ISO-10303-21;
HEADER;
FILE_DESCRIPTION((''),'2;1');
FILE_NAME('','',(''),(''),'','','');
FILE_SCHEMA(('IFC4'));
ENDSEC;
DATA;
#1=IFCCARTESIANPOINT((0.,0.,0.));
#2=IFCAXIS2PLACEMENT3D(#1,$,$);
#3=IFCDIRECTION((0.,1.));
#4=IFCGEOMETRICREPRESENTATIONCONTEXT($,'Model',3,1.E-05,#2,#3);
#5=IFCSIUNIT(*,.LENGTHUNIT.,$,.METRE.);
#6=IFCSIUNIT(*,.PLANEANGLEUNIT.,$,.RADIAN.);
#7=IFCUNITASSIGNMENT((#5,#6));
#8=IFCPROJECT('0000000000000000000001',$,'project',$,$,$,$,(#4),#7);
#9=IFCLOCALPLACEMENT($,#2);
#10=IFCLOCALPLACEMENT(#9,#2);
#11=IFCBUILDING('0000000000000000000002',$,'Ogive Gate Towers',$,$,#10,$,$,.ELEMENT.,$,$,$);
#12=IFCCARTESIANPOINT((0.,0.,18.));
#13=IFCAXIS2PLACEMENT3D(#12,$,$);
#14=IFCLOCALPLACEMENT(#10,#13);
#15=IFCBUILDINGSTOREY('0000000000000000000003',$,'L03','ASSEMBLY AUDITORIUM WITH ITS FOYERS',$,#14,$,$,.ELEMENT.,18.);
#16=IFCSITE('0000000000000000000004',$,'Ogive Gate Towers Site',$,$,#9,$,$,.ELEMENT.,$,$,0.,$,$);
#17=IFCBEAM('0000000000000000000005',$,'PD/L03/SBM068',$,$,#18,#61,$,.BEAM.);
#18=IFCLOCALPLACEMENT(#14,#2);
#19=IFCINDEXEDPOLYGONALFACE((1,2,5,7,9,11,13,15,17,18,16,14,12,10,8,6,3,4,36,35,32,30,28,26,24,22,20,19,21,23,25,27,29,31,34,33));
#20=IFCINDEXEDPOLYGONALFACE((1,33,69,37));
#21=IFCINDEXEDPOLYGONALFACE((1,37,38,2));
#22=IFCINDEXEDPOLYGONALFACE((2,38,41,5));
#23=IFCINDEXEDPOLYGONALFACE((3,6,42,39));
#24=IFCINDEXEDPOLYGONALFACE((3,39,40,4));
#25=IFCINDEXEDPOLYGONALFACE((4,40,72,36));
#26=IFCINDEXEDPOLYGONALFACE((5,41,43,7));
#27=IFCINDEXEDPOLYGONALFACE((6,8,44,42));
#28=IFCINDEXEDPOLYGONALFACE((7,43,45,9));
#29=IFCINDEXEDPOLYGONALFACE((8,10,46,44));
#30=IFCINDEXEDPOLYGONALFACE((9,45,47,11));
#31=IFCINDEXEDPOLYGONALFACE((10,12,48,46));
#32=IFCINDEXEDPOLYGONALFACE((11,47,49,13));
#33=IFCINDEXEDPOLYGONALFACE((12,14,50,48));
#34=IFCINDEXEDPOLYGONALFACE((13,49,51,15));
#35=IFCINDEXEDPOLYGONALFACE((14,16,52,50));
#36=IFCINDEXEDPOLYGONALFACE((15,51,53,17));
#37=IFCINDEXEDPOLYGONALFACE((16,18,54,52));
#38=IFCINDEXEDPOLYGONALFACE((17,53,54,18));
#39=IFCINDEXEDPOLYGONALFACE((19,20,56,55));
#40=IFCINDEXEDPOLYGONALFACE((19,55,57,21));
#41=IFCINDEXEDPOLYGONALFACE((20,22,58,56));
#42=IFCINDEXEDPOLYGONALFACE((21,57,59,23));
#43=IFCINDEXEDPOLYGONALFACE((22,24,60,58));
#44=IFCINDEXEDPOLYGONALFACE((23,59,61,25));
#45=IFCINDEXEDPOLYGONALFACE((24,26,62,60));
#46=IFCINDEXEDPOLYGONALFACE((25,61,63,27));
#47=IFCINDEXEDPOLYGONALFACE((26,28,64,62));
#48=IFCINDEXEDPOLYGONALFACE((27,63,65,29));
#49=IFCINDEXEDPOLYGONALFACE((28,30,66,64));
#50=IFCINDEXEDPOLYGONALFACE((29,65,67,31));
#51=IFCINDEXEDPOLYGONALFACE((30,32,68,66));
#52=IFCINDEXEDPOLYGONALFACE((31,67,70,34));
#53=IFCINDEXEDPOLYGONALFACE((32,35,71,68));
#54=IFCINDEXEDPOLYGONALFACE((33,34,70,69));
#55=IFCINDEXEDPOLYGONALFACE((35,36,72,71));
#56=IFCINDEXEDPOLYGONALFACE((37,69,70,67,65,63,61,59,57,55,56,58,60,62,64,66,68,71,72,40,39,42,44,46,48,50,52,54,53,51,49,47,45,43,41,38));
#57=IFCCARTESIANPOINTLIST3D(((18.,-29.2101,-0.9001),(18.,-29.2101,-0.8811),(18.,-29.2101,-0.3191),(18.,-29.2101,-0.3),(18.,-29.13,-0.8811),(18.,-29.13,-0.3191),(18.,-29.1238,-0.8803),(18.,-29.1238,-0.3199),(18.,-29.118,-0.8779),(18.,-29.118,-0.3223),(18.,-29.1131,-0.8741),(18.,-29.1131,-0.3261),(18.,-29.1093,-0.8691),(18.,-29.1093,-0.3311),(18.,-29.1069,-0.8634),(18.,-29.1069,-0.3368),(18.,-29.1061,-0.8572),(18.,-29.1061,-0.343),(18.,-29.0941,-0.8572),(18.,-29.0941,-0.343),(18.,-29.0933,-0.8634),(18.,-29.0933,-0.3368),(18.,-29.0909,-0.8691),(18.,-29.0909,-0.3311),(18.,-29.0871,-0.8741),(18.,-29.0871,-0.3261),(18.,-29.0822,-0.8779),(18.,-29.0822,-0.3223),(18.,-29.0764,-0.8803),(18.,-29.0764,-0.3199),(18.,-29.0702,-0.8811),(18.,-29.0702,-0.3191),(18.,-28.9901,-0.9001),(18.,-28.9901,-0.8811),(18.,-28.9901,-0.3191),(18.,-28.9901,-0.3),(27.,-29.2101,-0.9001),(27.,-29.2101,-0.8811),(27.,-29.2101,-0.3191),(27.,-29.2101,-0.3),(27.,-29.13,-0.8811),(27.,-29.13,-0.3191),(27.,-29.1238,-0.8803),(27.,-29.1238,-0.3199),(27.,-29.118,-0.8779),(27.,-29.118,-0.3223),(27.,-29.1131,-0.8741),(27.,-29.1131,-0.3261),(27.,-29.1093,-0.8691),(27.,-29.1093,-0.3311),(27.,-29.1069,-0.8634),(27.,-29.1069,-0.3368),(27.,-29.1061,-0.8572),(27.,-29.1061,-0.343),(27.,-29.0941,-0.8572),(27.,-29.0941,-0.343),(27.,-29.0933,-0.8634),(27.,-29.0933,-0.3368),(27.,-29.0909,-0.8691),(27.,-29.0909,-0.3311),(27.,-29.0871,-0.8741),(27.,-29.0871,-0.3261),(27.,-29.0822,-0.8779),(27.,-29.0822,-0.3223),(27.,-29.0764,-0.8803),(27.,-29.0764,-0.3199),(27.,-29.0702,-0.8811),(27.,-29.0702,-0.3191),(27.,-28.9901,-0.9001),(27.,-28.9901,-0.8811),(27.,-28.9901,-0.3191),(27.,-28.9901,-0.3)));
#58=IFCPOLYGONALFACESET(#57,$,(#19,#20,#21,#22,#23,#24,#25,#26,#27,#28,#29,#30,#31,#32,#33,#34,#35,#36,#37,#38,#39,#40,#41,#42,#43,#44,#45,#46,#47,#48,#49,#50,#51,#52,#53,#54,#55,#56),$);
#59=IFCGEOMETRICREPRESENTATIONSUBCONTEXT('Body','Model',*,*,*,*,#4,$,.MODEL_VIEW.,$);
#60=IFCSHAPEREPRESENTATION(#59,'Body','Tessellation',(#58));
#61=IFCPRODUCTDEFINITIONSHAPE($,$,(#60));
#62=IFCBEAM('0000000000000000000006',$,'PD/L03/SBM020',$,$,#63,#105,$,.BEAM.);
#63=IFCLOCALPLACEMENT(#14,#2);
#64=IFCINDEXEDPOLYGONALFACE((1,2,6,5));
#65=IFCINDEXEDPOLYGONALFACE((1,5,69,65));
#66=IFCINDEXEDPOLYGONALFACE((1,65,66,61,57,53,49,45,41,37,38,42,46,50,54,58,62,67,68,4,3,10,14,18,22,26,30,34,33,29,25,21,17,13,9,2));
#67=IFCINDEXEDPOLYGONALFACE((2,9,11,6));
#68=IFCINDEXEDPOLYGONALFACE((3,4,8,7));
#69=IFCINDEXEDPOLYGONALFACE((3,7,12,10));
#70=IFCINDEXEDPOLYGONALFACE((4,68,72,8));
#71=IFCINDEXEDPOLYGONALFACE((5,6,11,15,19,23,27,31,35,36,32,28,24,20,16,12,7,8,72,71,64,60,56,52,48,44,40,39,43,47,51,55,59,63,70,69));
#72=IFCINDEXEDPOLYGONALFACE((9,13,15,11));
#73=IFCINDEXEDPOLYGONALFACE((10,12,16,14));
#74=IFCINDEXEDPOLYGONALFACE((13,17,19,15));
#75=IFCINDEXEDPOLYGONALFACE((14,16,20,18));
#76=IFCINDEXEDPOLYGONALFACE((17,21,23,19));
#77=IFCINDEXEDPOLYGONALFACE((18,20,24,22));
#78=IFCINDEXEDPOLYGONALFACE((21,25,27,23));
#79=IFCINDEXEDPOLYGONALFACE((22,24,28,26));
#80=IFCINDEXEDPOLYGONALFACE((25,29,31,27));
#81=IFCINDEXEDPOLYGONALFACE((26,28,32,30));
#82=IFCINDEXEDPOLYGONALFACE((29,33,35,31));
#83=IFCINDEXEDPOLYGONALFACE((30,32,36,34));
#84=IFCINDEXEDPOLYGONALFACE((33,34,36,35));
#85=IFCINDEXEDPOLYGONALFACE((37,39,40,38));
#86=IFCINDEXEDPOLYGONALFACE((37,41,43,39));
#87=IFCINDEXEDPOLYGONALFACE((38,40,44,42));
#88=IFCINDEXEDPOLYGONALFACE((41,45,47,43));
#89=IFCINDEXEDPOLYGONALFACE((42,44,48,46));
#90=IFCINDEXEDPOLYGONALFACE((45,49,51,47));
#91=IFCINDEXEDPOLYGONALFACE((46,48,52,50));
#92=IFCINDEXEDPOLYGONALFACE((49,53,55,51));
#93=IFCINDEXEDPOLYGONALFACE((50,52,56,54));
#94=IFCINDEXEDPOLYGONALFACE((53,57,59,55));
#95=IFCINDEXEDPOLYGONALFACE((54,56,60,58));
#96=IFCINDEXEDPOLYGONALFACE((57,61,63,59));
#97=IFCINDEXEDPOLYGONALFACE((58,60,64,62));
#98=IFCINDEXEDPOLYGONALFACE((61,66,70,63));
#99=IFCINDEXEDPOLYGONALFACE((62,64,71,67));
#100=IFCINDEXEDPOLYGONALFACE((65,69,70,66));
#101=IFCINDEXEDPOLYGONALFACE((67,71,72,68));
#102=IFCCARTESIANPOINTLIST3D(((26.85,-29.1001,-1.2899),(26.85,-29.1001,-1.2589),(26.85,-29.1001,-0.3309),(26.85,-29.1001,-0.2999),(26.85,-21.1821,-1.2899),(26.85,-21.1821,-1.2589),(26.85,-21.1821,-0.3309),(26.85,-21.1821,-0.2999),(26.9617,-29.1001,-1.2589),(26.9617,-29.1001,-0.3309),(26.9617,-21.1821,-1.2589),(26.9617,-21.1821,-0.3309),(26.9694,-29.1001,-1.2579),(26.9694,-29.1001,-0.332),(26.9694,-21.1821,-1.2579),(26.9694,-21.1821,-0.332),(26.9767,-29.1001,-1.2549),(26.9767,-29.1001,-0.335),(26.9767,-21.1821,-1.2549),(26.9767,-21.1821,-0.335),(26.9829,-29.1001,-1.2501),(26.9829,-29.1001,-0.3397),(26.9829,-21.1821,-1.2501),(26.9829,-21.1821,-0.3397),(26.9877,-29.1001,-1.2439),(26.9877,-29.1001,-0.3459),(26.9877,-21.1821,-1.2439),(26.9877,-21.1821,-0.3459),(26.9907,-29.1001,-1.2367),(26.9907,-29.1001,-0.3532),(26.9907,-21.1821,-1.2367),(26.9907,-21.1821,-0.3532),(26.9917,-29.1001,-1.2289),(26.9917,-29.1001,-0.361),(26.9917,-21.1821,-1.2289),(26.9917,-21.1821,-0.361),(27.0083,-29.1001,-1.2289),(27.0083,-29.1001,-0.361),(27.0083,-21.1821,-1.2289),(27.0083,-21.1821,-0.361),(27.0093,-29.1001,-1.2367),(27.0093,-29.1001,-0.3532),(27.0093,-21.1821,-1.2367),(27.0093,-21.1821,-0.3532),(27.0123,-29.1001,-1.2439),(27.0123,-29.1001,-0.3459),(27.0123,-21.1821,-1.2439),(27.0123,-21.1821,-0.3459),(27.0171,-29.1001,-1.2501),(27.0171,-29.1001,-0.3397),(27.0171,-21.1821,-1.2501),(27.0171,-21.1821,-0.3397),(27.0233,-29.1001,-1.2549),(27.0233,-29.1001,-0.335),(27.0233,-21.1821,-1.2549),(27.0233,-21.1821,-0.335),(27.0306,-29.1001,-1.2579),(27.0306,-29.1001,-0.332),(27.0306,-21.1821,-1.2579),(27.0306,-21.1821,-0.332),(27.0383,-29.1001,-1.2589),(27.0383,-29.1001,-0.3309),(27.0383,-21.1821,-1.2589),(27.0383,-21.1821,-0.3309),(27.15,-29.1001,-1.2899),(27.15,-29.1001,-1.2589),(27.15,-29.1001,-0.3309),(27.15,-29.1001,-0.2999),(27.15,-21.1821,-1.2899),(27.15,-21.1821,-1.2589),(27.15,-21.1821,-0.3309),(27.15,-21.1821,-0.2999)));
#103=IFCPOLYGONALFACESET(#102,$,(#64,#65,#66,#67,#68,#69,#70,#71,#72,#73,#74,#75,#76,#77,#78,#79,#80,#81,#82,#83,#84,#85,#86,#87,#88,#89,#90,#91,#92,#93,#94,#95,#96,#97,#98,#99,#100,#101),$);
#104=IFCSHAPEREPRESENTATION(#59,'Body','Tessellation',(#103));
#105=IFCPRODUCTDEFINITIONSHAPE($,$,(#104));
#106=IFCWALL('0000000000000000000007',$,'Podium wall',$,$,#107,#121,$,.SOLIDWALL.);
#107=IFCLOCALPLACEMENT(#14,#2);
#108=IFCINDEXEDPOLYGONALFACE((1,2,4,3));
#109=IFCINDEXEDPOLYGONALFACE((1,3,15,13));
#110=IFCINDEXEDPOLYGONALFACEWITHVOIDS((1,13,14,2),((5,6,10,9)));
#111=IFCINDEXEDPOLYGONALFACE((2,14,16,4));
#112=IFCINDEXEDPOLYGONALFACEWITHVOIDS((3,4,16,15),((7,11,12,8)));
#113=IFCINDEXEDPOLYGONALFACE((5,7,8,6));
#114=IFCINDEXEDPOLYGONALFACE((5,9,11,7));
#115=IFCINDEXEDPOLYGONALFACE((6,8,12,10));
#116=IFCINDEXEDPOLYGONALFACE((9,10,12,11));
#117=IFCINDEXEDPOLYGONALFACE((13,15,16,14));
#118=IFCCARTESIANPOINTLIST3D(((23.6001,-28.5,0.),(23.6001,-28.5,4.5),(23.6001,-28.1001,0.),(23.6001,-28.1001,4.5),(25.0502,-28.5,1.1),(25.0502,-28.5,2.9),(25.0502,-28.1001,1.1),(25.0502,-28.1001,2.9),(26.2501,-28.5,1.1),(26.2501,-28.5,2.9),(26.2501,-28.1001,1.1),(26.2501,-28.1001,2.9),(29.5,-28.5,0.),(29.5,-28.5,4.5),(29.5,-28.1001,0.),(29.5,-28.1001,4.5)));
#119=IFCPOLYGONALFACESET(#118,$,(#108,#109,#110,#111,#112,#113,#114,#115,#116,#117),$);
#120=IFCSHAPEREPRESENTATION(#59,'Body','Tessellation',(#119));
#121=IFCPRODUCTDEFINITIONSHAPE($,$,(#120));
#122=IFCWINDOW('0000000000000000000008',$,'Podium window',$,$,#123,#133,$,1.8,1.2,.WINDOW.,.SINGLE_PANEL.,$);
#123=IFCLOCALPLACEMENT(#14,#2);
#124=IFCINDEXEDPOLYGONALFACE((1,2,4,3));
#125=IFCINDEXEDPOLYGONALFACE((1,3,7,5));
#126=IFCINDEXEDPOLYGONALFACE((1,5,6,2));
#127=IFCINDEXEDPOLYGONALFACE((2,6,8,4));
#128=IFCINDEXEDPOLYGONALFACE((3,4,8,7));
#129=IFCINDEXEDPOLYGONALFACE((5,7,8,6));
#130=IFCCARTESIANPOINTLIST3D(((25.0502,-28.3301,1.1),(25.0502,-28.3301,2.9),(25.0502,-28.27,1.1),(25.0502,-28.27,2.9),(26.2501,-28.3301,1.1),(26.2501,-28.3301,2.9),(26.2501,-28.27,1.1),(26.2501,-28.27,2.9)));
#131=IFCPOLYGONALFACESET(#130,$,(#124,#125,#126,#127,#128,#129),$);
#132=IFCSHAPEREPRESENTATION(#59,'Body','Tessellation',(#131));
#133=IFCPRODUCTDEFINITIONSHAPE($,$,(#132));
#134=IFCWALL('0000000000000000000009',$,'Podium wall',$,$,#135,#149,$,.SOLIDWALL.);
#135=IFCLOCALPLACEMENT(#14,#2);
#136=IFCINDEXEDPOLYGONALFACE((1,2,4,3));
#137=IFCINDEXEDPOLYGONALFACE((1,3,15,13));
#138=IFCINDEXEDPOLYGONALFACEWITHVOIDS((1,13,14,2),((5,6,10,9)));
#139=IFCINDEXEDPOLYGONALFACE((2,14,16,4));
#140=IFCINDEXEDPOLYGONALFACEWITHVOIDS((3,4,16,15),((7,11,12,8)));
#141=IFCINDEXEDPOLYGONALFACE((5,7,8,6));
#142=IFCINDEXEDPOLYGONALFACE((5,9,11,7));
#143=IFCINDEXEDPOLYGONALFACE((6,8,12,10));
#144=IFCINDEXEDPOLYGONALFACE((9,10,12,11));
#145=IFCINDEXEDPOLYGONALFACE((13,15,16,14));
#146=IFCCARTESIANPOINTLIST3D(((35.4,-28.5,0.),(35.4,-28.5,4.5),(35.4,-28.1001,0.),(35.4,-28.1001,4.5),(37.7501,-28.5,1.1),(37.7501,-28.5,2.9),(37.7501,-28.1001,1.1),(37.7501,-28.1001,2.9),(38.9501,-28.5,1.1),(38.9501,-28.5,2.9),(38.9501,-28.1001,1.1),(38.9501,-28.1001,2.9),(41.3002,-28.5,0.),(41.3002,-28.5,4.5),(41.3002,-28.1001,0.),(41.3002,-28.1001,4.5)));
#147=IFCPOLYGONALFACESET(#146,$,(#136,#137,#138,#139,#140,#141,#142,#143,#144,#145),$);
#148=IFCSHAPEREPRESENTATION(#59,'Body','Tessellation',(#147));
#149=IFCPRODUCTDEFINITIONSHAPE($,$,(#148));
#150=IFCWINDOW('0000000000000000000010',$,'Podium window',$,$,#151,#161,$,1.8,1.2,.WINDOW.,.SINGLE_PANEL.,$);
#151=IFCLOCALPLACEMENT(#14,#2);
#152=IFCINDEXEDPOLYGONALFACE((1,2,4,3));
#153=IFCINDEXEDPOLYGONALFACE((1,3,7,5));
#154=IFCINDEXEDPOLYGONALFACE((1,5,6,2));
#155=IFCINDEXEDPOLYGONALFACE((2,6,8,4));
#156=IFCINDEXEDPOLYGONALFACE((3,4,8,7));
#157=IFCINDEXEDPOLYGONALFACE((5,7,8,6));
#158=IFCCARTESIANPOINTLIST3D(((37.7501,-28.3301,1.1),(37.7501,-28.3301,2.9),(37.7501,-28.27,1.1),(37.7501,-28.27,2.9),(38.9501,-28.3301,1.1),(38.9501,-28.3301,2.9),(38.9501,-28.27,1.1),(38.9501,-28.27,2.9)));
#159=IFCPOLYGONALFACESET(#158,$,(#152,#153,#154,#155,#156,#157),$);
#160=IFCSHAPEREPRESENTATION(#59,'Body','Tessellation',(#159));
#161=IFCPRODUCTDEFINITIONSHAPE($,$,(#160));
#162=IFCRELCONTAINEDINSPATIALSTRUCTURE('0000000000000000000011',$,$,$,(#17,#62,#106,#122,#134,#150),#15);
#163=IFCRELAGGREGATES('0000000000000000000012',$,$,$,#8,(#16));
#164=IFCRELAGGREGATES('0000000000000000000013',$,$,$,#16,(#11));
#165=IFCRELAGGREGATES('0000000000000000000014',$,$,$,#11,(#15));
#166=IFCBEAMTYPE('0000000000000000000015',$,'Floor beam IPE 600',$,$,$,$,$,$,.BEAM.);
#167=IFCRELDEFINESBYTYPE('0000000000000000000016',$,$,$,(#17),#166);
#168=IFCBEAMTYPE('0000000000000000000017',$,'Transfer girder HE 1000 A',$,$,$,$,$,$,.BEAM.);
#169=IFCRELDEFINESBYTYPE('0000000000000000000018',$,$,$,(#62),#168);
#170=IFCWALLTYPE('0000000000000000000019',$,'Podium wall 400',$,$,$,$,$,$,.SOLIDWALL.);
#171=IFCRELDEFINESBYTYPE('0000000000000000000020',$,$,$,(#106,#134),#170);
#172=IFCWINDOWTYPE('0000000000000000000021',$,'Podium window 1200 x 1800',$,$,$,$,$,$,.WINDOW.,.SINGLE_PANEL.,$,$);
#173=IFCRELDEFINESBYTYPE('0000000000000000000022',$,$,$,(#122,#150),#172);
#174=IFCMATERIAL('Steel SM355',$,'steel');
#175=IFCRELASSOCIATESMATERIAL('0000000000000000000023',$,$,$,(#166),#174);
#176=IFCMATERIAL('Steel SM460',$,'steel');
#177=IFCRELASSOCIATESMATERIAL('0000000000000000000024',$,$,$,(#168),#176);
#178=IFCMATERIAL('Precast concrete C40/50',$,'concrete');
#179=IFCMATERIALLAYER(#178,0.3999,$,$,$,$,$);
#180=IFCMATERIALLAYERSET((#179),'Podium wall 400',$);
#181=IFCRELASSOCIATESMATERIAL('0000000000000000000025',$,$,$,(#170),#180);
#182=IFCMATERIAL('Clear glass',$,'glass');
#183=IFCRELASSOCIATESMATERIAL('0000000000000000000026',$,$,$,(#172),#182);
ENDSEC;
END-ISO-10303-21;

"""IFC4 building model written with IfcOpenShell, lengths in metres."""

from ifc_helpers import new_model, si_unit, direction, frame, frame_2d, origin, origin_2d, place, context, subcontext, project, spatial, rectangle, i_section, extrude, material, layer, layer_set, material_profile, profile_set, type_object, element, fill, save


model = new_model("IFC4")

# Units and contexts
model_context = context("Model", 3, precision=1e-05, world=origin(), true_north=direction((0.0, 1.0)))
body_context = subcontext(model_context, "Body", "Model", "MODEL_VIEW")
ifc_project = project(units=[si_unit("LENGTHUNIT", "METRE"), si_unit("PLANEANGLEUNIT", "RADIAN")], contexts=[model_context])

# Site, building, storey
site_placement = place(None, origin())
site = spatial("IfcSite", under=ifc_project, at=site_placement, Name="Ogive Gate Towers Site", CompositionType="ELEMENT", RefElevation=0.0)
building_placement = place(site_placement, origin())
building = spatial("IfcBuilding", under=site, at=building_placement, Name="Ogive Gate Towers", CompositionType="ELEMENT")
storey_placement = place(building_placement, frame((0.0, 0.0, 18.0)))
storey = spatial("IfcBuildingStorey", under=building, at=storey_placement, Name="L03", Description="ASSEMBLY AUDITORIUM WITH ITS FOYERS", CompositionType="ELEMENT", Elevation=18.0)

# Beams
ifc_material_1 = material(Name="Steel SM355", Category="steel")
ifc_material_profile_1 = material_profile(ifc_material_1, i_section(OverallWidth=0.22, OverallDepth=0.6001, WebThickness=0.012, FlangeThickness=0.019, FilletRadius=0.0239, at=origin_2d()), Name="IPE 600")
ifc_profile_set_1 = profile_set([ifc_material_profile_1], Name="Steel SM355")
beam_type_1 = type_object("IfcBeamType", Name="Floor beam IPE 600", PredefinedType="BEAM", material=ifc_profile_set_1)
for number, where, z_axis, x_axis, name in (
    (1, (27.0, -29.1001, -0.6001), (-1.0, 0.0, 0.0), (0.0, -1.0, 0.0), "PD/L03/SBM068"),
):
    element("IfcBeam", number, at=place(storey_placement, frame(where, z_axis=z_axis, x_axis=x_axis)), inside=storey, type_object=beam_type_1, Name=name, PredefinedType="BEAM", context=body_context, shape_type="SweptSolid", body=[
        extrude(i_section(OverallWidth=0.22, OverallDepth=0.6001, WebThickness=0.012, FlangeThickness=0.019, FilletRadius=0.0239, at=origin_2d()), origin(), (0.0, 0.0, 1.0), 9.0),
    ])
ifc_material_2 = material(Name="Steel SM460", Category="steel")
ifc_material_profile_2 = material_profile(ifc_material_2, i_section(OverallWidth=0.3, OverallDepth=0.99, WebThickness=0.0166, FlangeThickness=0.031, FilletRadius=0.03, at=origin_2d()), Name="HE 1000 A")
ifc_profile_set_2 = profile_set([ifc_material_profile_2], Name="Steel SM460")
beam_type_2 = type_object("IfcBeamType", Name="Transfer girder HE 1000 A", PredefinedType="BEAM", material=ifc_profile_set_2)
beam_1_placement = place(storey_placement, frame((27.0, -29.1001, -0.7949), z_axis=(0.0, 1.0, 0.0), x_axis=(-1.0, 0.0, 0.0)))
element("IfcBeam", 2, at=beam_1_placement, inside=storey, type_object=beam_type_2, Name="PD/L03/SBM020", PredefinedType="BEAM", context=body_context, shape_type="SweptSolid", body=[
    extrude(i_section(OverallWidth=0.3, OverallDepth=0.99, WebThickness=0.0166, FlangeThickness=0.031, FilletRadius=0.03, at=origin_2d()), origin(), (0.0, 0.0, 1.0), 7.918),
])

# Wall, opening, window
ifc_material_3 = material(Name="Precast concrete C40/50", Category="concrete")
ifc_layer = layer(ifc_material_3, 0.3999)
ifc_layer_set = layer_set([ifc_layer], Name="Podium wall 400")
wall_type = type_object("IfcWallType", Name="Podium wall 400", PredefinedType="SOLIDWALL", material=ifc_layer_set)
wall_1_placement = place(storey_placement, frame((23.6001, -28.3, 0.0), z_axis=(0.0, 0.0, 1.0), x_axis=(1.0, 0.0, 0.0)))
wall_1 = element("IfcWall", 3, at=wall_1_placement, inside=storey, type_object=wall_type, Name="Podium wall", PredefinedType="SOLIDWALL", context=body_context, shape_type="SweptSolid", body=[
    extrude(rectangle(XDim=5.8999, YDim=0.3999, at=frame_2d((2.95, 0.0))), origin(), (0.0, 0.0, 1.0), 4.5),
])
opening_1_placement = place(wall_1_placement, frame((1.45, 0.0, 1.1001)))
opening_1 = element("IfcOpeningElement", 4, at=opening_1_placement, cuts=wall_1, PredefinedType="OPENING", context=body_context, shape_type="SweptSolid", body=[
    extrude(rectangle(XDim=1.2, YDim=1.8, at=frame_2d((0.6001, 0.8999))), frame((0.0, 0.21, 0.0), z_axis=(0.0, -1.0, 0.0), x_axis=(1.0, 0.0, 0.0)), (0.0, 0.0, 1.0), 0.4199),
])
ifc_material_4 = material(Name="Clear glass", Category="glass")
window_type = type_object("IfcWindowType", Name="Podium window 1200 x 1800", PartitioningType="SINGLE_PANEL", PredefinedType="WINDOW", material=ifc_material_4)
window_1_placement = place(opening_1_placement, origin())
window_1 = element("IfcWindow", 5, at=window_1_placement, inside=storey, type_object=window_type, Name="Podium window", OverallHeight=1.8, OverallWidth=1.2, PartitioningType="SINGLE_PANEL", PredefinedType="WINDOW", context=body_context, shape_type="SweptSolid", body=[
    extrude(rectangle(XDim=1.2, YDim=1.8, at=frame_2d((0.6001, 0.8999))), frame((0.0, 0.03, 0.0), z_axis=(0.0, -1.0, 0.0), x_axis=(1.0, 0.0, 0.0)), (0.0, 0.0, 1.0), 0.0601),
])
fill(opening_1, window_1)

# Wall, opening, window
wall_2_placement = place(storey_placement, frame((35.3999, -28.3, 0.0), z_axis=(0.0, 0.0, 1.0), x_axis=(1.0, 0.0, 0.0)))
wall_2 = element("IfcWall", 6, at=wall_2_placement, inside=storey, type_object=wall_type, Name="Podium wall", PredefinedType="SOLIDWALL", context=body_context, shape_type="SweptSolid", body=[
    extrude(rectangle(XDim=5.9001, YDim=0.3999, at=frame_2d((2.9502, 0.0))), origin(), (0.0, 0.0, 1.0), 4.5),
])
opening_2_placement = place(wall_2_placement, frame((2.3501, 0.0, 1.1001)))
opening_2 = element("IfcOpeningElement", 7, at=opening_2_placement, cuts=wall_2, PredefinedType="OPENING", context=body_context, shape_type="SweptSolid", body=[
    extrude(rectangle(XDim=1.2, YDim=1.8, at=frame_2d((0.6001, 0.8999))), frame((0.0, 0.21, 0.0), z_axis=(0.0, -1.0, 0.0), x_axis=(1.0, 0.0, 0.0)), (0.0, 0.0, 1.0), 0.4199),
])
window_2_placement = place(opening_2_placement, origin())
window_2 = element("IfcWindow", 8, at=window_2_placement, inside=storey, type_object=window_type, Name="Podium window", OverallHeight=1.8, OverallWidth=1.2, PartitioningType="SINGLE_PANEL", PredefinedType="WINDOW", context=body_context, shape_type="SweptSolid", body=[
    extrude(rectangle(XDim=1.2, YDim=1.8, at=frame_2d((0.6001, 0.8999))), frame((0.0, 0.03, 0.0), z_axis=(0.0, -1.0, 0.0), x_axis=(1.0, 0.0, 0.0)), (0.0, 0.0, 1.0), 0.0601),
])
fill(opening_2, window_2)

save(model, "model.ifc")
